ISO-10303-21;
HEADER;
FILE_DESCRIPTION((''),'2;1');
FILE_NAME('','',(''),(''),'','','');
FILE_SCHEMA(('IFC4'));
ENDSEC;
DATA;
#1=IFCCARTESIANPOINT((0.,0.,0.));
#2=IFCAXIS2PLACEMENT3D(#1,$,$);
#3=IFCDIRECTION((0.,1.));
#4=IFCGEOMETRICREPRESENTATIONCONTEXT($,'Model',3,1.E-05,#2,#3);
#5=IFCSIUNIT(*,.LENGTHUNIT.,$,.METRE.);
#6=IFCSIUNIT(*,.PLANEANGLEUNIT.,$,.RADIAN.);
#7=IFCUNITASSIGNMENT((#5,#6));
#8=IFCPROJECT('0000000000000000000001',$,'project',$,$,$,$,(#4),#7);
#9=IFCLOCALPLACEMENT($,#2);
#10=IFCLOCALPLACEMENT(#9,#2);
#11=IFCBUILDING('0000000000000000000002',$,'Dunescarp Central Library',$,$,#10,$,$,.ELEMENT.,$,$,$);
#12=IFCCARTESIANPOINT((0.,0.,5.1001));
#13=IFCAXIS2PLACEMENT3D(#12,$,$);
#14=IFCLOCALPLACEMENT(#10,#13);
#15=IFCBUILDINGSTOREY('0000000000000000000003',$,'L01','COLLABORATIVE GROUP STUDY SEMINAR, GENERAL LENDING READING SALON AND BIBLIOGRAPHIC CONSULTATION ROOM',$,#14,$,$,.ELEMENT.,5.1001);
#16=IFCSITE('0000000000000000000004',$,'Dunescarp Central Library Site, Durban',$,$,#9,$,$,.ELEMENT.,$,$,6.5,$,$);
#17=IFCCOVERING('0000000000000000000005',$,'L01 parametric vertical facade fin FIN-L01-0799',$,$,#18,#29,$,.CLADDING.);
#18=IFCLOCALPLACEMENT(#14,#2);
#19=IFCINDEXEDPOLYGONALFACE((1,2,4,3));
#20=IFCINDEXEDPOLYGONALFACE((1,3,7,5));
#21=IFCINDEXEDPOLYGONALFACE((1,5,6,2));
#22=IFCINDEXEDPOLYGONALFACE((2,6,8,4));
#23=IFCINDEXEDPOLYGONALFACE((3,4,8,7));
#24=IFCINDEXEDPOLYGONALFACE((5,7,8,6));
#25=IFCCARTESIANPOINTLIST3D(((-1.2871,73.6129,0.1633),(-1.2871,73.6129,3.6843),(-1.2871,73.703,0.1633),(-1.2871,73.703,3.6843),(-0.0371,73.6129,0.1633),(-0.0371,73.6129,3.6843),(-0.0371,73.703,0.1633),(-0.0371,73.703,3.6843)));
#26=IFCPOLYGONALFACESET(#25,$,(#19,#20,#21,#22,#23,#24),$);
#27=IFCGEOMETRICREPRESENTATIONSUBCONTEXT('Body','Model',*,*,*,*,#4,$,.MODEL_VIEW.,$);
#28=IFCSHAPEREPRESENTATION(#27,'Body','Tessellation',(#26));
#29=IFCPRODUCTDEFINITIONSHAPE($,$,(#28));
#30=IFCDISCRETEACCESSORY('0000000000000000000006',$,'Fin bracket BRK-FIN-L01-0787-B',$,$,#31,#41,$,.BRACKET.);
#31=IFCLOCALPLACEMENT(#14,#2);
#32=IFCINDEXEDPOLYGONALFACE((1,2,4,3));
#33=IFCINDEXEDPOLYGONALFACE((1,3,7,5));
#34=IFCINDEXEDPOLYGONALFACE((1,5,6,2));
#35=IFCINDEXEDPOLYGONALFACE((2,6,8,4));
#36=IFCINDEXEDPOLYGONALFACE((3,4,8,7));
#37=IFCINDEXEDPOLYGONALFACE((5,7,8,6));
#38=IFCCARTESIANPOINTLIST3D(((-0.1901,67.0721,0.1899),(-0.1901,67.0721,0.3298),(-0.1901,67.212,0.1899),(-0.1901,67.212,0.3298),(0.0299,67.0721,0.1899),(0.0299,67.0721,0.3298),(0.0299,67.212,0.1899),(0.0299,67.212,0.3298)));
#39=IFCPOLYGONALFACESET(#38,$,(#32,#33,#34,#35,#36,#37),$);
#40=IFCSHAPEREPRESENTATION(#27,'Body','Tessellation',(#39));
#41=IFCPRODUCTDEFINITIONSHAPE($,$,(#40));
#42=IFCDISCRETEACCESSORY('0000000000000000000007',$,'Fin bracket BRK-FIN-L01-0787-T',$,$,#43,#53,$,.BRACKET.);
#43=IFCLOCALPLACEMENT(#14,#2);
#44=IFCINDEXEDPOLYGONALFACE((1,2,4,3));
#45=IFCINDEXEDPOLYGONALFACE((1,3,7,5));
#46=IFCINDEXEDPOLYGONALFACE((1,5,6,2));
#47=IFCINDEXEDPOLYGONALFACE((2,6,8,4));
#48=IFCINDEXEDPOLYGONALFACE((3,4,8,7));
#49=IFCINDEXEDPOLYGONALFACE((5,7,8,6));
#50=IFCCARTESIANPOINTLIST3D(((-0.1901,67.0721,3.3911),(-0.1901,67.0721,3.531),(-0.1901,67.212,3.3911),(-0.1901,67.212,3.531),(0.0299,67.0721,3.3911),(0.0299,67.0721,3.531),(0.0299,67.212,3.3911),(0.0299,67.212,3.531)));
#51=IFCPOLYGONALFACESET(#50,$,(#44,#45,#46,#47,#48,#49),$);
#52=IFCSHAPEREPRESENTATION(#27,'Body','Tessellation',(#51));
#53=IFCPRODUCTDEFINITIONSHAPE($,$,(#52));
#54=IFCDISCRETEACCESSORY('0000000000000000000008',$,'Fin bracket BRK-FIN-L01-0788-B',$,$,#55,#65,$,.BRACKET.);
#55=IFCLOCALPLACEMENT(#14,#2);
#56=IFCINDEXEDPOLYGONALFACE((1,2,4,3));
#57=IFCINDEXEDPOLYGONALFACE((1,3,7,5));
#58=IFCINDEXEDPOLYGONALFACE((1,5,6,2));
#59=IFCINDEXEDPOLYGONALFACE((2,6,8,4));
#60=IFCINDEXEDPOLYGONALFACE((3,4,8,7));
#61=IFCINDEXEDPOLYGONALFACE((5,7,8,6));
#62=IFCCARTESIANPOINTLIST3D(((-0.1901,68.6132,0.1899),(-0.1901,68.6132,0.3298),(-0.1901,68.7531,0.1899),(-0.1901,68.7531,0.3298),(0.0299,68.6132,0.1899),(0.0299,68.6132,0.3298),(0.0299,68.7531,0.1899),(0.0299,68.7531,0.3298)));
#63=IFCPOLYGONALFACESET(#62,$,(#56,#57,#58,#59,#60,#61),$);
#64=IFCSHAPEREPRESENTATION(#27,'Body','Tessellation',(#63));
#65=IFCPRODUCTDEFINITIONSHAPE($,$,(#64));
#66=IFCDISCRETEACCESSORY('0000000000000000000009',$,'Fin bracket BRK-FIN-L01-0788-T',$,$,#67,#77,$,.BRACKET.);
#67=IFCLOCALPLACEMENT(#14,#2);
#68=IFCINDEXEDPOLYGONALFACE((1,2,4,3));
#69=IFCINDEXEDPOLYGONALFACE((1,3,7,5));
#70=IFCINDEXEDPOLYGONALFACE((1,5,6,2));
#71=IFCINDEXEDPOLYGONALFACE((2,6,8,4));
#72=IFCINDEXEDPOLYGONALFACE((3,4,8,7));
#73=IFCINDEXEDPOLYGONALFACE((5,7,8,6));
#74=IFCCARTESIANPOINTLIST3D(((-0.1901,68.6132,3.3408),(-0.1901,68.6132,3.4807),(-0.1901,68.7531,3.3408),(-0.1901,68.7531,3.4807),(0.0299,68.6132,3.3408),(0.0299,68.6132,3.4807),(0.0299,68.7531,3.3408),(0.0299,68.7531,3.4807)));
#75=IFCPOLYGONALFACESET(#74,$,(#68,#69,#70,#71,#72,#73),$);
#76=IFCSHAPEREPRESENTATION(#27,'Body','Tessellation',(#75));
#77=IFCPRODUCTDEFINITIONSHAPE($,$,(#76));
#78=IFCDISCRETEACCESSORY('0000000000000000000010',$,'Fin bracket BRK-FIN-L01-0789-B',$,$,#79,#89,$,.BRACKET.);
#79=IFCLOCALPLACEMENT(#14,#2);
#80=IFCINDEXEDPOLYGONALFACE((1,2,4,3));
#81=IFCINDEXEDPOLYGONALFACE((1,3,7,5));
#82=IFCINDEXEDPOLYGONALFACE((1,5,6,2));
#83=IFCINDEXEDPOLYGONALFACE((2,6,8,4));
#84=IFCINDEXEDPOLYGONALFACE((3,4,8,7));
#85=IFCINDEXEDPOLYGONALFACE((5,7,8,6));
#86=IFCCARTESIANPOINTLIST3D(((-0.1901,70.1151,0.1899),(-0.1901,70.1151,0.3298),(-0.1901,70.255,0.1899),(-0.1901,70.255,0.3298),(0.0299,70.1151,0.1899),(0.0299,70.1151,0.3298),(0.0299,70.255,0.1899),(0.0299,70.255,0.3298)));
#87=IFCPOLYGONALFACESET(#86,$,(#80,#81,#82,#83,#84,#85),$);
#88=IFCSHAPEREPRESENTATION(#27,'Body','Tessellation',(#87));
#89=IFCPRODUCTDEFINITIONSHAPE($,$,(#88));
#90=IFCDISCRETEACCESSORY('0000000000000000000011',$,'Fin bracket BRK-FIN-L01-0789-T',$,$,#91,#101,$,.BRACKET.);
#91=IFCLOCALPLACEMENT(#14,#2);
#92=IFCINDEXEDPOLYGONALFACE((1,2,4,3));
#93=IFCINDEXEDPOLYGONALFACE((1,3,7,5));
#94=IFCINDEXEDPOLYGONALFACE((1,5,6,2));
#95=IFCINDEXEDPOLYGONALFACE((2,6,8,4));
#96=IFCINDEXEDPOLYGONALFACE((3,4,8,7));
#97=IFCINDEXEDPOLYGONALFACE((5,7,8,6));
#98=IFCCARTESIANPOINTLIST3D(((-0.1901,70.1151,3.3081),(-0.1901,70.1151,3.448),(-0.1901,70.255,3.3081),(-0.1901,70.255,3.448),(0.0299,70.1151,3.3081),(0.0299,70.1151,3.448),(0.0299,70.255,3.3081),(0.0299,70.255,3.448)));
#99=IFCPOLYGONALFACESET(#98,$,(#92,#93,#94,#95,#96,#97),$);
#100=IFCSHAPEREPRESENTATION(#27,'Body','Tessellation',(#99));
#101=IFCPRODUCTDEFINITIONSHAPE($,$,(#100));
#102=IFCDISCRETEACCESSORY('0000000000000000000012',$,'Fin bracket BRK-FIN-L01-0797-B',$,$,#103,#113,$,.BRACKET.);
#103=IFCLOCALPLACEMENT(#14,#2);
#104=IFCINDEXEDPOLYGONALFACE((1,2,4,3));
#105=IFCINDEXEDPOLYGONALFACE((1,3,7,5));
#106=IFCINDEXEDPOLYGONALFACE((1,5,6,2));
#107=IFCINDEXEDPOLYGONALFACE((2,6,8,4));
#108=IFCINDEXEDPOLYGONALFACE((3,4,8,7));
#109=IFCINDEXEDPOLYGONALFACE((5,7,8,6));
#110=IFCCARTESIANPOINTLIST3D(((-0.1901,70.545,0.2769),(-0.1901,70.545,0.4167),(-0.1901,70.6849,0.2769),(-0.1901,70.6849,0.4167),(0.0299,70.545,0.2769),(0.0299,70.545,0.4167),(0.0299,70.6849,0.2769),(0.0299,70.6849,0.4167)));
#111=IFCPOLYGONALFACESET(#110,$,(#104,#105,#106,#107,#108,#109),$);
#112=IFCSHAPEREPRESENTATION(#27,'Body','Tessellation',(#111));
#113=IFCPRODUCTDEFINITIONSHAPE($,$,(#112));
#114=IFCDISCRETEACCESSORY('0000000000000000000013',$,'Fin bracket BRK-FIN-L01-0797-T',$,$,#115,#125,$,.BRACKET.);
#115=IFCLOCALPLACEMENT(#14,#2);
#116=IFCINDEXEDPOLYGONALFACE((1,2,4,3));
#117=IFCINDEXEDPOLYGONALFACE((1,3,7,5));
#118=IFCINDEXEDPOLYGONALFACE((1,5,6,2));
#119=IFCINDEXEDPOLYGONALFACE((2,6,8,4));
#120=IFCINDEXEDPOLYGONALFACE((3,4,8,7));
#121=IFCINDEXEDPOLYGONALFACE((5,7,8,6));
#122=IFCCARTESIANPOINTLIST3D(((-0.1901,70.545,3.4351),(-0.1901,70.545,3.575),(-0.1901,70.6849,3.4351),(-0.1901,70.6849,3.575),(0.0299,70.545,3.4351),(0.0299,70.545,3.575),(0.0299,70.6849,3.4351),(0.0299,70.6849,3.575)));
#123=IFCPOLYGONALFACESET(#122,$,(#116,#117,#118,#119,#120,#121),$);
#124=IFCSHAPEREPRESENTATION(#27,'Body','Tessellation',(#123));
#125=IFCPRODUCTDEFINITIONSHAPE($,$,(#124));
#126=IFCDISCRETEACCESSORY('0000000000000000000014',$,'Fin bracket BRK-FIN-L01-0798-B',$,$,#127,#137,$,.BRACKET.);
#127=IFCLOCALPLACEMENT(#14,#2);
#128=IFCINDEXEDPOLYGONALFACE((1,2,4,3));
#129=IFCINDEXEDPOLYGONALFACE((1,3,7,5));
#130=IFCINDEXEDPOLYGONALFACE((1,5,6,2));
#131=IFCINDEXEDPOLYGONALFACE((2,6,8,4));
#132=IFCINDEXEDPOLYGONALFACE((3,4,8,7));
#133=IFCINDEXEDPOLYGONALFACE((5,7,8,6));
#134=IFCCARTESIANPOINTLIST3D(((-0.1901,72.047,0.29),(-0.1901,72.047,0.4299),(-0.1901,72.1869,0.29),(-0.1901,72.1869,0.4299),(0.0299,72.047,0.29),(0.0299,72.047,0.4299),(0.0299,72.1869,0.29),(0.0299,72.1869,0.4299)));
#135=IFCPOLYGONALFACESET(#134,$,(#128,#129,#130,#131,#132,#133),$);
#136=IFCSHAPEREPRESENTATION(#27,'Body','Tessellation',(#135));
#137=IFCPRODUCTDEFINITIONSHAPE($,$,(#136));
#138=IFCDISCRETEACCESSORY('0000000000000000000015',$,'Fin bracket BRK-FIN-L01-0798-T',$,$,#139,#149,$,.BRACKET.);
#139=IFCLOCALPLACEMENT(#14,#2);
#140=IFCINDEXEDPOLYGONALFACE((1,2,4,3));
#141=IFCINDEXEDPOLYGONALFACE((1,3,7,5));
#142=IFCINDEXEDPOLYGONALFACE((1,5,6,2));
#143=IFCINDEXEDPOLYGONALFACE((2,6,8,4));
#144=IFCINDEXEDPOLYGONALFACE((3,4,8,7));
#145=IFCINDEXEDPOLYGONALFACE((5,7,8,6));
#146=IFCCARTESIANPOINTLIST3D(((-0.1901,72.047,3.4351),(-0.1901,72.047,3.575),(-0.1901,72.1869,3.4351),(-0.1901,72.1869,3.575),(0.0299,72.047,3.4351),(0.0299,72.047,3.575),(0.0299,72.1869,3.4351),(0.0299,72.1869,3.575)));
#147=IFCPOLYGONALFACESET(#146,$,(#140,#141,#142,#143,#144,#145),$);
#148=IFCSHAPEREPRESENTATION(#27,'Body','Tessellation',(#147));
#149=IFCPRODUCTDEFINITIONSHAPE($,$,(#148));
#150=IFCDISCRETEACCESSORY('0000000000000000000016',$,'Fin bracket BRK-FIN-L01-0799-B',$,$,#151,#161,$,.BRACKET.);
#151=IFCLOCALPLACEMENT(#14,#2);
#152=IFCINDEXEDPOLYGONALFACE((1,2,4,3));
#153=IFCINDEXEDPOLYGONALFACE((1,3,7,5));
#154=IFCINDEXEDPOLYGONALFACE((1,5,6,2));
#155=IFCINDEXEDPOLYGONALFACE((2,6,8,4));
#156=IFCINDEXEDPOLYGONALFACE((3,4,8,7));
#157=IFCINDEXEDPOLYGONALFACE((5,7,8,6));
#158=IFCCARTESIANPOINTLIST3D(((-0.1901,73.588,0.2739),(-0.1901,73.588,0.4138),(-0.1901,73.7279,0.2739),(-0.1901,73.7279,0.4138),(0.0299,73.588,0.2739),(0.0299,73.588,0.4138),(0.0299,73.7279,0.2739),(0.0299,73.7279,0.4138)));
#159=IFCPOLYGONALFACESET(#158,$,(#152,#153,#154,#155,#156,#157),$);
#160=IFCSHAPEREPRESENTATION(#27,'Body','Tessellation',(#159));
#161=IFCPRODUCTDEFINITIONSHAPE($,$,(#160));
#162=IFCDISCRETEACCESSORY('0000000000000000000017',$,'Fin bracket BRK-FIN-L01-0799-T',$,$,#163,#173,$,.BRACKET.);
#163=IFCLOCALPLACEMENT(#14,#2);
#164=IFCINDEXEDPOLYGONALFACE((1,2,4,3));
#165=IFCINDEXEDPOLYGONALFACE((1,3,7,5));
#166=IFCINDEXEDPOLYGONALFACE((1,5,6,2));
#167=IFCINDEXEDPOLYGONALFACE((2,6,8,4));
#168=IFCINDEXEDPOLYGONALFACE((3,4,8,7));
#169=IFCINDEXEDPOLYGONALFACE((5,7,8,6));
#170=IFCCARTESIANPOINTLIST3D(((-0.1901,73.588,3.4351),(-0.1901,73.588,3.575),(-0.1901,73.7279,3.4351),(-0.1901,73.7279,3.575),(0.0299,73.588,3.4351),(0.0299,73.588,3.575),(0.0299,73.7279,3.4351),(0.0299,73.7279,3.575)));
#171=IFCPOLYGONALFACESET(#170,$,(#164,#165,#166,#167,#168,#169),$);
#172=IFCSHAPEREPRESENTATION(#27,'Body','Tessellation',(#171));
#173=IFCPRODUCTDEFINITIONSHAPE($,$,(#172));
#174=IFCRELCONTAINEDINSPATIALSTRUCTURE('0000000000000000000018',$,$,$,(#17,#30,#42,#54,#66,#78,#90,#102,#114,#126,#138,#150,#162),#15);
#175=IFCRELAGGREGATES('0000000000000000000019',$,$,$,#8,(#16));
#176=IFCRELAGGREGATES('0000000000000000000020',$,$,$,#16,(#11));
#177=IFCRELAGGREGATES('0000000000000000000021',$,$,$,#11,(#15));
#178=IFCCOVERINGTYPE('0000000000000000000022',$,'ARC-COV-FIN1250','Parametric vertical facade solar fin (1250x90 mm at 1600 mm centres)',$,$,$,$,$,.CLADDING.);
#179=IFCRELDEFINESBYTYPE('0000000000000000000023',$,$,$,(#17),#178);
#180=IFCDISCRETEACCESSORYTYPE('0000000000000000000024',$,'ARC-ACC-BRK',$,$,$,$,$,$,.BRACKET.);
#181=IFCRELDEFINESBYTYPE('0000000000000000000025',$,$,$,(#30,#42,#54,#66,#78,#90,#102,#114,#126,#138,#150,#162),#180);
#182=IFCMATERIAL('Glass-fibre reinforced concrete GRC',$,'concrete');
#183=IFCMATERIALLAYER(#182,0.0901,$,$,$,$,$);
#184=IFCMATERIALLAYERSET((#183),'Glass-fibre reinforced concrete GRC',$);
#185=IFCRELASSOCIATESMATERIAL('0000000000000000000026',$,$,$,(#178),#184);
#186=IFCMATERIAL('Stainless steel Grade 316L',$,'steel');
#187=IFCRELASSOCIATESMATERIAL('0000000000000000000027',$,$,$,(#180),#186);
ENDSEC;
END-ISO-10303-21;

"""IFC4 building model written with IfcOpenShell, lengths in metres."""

from ifc_helpers import new_model, si_unit, direction, frame, origin, origin_2d, place, context, subcontext, project, spatial, rectangle, extrude, material, layer, layer_set, type_object, element, save


model = new_model("IFC4")

# Units and contexts
model_context = context("Model", 3, precision=1e-05, world=origin(), true_north=direction((0.0, 1.0)))
body_context = subcontext(model_context, "Body", "Model", "MODEL_VIEW")
ifc_project = project(units=[si_unit("LENGTHUNIT", "METRE"), si_unit("PLANEANGLEUNIT", "RADIAN")], contexts=[model_context])

# Site, building, storey
site_placement = place(None, origin())
site = spatial("IfcSite", under=ifc_project, at=site_placement, Name="Dunescarp Central Library Site, Durban", CompositionType="ELEMENT", RefElevation=6.5)
building_placement = place(site_placement, origin())
building = spatial("IfcBuilding", under=site, at=building_placement, Name="Dunescarp Central Library", CompositionType="ELEMENT")
storey_placement = place(building_placement, frame((0.0, 0.0, 5.1001)))
storey = spatial("IfcBuildingStorey", under=building, at=storey_placement, Name="L01", Description="COLLABORATIVE GROUP STUDY SEMINAR, GENERAL LENDING READING SALON AND BIBLIOGRAPHIC CONSULTATION ROOM", CompositionType="ELEMENT", Elevation=5.1001)

# Covering
ifc_material_1 = material(Name="Glass-fibre reinforced concrete GRC", Category="concrete")
ifc_layer_1 = layer(ifc_material_1, 0.0901)
ifc_layer_set_1 = layer_set([ifc_layer_1], Name="Glass-fibre reinforced concrete GRC")
covering_type = type_object("IfcCoveringType", Name="ARC-COV-FIN1250", Description="Parametric vertical facade solar fin (1250x90 mm at 1600 mm centres)", PredefinedType="CLADDING", material=ifc_layer_set_1)
covering_1_placement = place(storey_placement, frame((-0.6621, 73.658, 0.1633), z_axis=(0.0, 0.0, 1.0), x_axis=(-1.0, 0.0, 0.0)))
element("IfcCovering", 1, at=covering_1_placement, inside=storey, type_object=covering_type, Name="L01 parametric vertical facade fin FIN-L01-0799", PredefinedType="CLADDING", context=body_context, shape_type="SweptSolid", body=[
    extrude(rectangle(XDim=1.25, YDim=0.0901, at=origin_2d()), origin(), (0.0, 0.0, 1.0), 3.521),
])

# Discrete accessories
ifc_material_2 = material(Name="Stainless steel Grade 316L", Category="steel")
discrete_accessory_type = type_object("IfcDiscreteAccessoryType", Name="ARC-ACC-BRK", PredefinedType="BRACKET", material=ifc_material_2)
for number, where, z_axis, x_axis, name in (
    (2, (-0.0801, 67.1421, 0.1899), (0.0, 0.0, 1.0), (-1.0, 0.0, 0.0), "Fin bracket BRK-FIN-L01-0787-B"),
    (3, (-0.0801, 67.1421, 3.3911), (0.0, 0.0, 1.0), (-1.0, 0.0, 0.0), "Fin bracket BRK-FIN-L01-0787-T"),
    (4, (-0.0801, 68.6831, 0.1899), (0.0, 0.0, 1.0), (-1.0, 0.0, 0.0), "Fin bracket BRK-FIN-L01-0788-B"),
    (5, (-0.0801, 68.6831, 3.3408), (0.0, 0.0, 1.0), (-1.0, 0.0, 0.0), "Fin bracket BRK-FIN-L01-0788-T"),
    (6, (-0.0801, 70.1851, 0.1899), (0.0, 0.0, 1.0), (-1.0, 0.0, 0.0), "Fin bracket BRK-FIN-L01-0789-B"),
    (7, (-0.0801, 70.1851, 3.3081), (0.0, 0.0, 1.0), (-1.0, 0.0, 0.0), "Fin bracket BRK-FIN-L01-0789-T"),
    (8, (-0.0801, 70.615, 0.2769), (0.0, 0.0, 1.0), (-1.0, 0.0, 0.0), "Fin bracket BRK-FIN-L01-0797-B"),
    (9, (-0.0801, 70.615, 3.4351), (0.0, 0.0, 1.0), (-1.0, 0.0, 0.0), "Fin bracket BRK-FIN-L01-0797-T"),
    (10, (-0.0801, 72.1169, 0.29), (0.0, 0.0, 1.0), (-1.0, 0.0, 0.0), "Fin bracket BRK-FIN-L01-0798-B"),
    (11, (-0.0801, 72.1169, 3.4351), (0.0, 0.0, 1.0), (-1.0, 0.0, 0.0), "Fin bracket BRK-FIN-L01-0798-T"),
    (12, (-0.0801, 73.658, 0.2739), (0.0, 0.0, 1.0), (-1.0, 0.0, 0.0), "Fin bracket BRK-FIN-L01-0799-B"),
    (13, (-0.0801, 73.658, 3.4351), (0.0, 0.0, 1.0), (-1.0, 0.0, 0.0), "Fin bracket BRK-FIN-L01-0799-T"),
):
    element("IfcDiscreteAccessory", number, at=place(storey_placement, frame(where, z_axis=z_axis, x_axis=x_axis)), inside=storey, type_object=discrete_accessory_type, Name=name, PredefinedType="BRACKET", context=body_context, shape_type="SweptSolid", body=[
        extrude(rectangle(XDim=0.22, YDim=0.1399, at=origin_2d()), origin(), (0.0, 0.0, 1.0), 0.1399),
    ])

save(model, "model.ifc")
